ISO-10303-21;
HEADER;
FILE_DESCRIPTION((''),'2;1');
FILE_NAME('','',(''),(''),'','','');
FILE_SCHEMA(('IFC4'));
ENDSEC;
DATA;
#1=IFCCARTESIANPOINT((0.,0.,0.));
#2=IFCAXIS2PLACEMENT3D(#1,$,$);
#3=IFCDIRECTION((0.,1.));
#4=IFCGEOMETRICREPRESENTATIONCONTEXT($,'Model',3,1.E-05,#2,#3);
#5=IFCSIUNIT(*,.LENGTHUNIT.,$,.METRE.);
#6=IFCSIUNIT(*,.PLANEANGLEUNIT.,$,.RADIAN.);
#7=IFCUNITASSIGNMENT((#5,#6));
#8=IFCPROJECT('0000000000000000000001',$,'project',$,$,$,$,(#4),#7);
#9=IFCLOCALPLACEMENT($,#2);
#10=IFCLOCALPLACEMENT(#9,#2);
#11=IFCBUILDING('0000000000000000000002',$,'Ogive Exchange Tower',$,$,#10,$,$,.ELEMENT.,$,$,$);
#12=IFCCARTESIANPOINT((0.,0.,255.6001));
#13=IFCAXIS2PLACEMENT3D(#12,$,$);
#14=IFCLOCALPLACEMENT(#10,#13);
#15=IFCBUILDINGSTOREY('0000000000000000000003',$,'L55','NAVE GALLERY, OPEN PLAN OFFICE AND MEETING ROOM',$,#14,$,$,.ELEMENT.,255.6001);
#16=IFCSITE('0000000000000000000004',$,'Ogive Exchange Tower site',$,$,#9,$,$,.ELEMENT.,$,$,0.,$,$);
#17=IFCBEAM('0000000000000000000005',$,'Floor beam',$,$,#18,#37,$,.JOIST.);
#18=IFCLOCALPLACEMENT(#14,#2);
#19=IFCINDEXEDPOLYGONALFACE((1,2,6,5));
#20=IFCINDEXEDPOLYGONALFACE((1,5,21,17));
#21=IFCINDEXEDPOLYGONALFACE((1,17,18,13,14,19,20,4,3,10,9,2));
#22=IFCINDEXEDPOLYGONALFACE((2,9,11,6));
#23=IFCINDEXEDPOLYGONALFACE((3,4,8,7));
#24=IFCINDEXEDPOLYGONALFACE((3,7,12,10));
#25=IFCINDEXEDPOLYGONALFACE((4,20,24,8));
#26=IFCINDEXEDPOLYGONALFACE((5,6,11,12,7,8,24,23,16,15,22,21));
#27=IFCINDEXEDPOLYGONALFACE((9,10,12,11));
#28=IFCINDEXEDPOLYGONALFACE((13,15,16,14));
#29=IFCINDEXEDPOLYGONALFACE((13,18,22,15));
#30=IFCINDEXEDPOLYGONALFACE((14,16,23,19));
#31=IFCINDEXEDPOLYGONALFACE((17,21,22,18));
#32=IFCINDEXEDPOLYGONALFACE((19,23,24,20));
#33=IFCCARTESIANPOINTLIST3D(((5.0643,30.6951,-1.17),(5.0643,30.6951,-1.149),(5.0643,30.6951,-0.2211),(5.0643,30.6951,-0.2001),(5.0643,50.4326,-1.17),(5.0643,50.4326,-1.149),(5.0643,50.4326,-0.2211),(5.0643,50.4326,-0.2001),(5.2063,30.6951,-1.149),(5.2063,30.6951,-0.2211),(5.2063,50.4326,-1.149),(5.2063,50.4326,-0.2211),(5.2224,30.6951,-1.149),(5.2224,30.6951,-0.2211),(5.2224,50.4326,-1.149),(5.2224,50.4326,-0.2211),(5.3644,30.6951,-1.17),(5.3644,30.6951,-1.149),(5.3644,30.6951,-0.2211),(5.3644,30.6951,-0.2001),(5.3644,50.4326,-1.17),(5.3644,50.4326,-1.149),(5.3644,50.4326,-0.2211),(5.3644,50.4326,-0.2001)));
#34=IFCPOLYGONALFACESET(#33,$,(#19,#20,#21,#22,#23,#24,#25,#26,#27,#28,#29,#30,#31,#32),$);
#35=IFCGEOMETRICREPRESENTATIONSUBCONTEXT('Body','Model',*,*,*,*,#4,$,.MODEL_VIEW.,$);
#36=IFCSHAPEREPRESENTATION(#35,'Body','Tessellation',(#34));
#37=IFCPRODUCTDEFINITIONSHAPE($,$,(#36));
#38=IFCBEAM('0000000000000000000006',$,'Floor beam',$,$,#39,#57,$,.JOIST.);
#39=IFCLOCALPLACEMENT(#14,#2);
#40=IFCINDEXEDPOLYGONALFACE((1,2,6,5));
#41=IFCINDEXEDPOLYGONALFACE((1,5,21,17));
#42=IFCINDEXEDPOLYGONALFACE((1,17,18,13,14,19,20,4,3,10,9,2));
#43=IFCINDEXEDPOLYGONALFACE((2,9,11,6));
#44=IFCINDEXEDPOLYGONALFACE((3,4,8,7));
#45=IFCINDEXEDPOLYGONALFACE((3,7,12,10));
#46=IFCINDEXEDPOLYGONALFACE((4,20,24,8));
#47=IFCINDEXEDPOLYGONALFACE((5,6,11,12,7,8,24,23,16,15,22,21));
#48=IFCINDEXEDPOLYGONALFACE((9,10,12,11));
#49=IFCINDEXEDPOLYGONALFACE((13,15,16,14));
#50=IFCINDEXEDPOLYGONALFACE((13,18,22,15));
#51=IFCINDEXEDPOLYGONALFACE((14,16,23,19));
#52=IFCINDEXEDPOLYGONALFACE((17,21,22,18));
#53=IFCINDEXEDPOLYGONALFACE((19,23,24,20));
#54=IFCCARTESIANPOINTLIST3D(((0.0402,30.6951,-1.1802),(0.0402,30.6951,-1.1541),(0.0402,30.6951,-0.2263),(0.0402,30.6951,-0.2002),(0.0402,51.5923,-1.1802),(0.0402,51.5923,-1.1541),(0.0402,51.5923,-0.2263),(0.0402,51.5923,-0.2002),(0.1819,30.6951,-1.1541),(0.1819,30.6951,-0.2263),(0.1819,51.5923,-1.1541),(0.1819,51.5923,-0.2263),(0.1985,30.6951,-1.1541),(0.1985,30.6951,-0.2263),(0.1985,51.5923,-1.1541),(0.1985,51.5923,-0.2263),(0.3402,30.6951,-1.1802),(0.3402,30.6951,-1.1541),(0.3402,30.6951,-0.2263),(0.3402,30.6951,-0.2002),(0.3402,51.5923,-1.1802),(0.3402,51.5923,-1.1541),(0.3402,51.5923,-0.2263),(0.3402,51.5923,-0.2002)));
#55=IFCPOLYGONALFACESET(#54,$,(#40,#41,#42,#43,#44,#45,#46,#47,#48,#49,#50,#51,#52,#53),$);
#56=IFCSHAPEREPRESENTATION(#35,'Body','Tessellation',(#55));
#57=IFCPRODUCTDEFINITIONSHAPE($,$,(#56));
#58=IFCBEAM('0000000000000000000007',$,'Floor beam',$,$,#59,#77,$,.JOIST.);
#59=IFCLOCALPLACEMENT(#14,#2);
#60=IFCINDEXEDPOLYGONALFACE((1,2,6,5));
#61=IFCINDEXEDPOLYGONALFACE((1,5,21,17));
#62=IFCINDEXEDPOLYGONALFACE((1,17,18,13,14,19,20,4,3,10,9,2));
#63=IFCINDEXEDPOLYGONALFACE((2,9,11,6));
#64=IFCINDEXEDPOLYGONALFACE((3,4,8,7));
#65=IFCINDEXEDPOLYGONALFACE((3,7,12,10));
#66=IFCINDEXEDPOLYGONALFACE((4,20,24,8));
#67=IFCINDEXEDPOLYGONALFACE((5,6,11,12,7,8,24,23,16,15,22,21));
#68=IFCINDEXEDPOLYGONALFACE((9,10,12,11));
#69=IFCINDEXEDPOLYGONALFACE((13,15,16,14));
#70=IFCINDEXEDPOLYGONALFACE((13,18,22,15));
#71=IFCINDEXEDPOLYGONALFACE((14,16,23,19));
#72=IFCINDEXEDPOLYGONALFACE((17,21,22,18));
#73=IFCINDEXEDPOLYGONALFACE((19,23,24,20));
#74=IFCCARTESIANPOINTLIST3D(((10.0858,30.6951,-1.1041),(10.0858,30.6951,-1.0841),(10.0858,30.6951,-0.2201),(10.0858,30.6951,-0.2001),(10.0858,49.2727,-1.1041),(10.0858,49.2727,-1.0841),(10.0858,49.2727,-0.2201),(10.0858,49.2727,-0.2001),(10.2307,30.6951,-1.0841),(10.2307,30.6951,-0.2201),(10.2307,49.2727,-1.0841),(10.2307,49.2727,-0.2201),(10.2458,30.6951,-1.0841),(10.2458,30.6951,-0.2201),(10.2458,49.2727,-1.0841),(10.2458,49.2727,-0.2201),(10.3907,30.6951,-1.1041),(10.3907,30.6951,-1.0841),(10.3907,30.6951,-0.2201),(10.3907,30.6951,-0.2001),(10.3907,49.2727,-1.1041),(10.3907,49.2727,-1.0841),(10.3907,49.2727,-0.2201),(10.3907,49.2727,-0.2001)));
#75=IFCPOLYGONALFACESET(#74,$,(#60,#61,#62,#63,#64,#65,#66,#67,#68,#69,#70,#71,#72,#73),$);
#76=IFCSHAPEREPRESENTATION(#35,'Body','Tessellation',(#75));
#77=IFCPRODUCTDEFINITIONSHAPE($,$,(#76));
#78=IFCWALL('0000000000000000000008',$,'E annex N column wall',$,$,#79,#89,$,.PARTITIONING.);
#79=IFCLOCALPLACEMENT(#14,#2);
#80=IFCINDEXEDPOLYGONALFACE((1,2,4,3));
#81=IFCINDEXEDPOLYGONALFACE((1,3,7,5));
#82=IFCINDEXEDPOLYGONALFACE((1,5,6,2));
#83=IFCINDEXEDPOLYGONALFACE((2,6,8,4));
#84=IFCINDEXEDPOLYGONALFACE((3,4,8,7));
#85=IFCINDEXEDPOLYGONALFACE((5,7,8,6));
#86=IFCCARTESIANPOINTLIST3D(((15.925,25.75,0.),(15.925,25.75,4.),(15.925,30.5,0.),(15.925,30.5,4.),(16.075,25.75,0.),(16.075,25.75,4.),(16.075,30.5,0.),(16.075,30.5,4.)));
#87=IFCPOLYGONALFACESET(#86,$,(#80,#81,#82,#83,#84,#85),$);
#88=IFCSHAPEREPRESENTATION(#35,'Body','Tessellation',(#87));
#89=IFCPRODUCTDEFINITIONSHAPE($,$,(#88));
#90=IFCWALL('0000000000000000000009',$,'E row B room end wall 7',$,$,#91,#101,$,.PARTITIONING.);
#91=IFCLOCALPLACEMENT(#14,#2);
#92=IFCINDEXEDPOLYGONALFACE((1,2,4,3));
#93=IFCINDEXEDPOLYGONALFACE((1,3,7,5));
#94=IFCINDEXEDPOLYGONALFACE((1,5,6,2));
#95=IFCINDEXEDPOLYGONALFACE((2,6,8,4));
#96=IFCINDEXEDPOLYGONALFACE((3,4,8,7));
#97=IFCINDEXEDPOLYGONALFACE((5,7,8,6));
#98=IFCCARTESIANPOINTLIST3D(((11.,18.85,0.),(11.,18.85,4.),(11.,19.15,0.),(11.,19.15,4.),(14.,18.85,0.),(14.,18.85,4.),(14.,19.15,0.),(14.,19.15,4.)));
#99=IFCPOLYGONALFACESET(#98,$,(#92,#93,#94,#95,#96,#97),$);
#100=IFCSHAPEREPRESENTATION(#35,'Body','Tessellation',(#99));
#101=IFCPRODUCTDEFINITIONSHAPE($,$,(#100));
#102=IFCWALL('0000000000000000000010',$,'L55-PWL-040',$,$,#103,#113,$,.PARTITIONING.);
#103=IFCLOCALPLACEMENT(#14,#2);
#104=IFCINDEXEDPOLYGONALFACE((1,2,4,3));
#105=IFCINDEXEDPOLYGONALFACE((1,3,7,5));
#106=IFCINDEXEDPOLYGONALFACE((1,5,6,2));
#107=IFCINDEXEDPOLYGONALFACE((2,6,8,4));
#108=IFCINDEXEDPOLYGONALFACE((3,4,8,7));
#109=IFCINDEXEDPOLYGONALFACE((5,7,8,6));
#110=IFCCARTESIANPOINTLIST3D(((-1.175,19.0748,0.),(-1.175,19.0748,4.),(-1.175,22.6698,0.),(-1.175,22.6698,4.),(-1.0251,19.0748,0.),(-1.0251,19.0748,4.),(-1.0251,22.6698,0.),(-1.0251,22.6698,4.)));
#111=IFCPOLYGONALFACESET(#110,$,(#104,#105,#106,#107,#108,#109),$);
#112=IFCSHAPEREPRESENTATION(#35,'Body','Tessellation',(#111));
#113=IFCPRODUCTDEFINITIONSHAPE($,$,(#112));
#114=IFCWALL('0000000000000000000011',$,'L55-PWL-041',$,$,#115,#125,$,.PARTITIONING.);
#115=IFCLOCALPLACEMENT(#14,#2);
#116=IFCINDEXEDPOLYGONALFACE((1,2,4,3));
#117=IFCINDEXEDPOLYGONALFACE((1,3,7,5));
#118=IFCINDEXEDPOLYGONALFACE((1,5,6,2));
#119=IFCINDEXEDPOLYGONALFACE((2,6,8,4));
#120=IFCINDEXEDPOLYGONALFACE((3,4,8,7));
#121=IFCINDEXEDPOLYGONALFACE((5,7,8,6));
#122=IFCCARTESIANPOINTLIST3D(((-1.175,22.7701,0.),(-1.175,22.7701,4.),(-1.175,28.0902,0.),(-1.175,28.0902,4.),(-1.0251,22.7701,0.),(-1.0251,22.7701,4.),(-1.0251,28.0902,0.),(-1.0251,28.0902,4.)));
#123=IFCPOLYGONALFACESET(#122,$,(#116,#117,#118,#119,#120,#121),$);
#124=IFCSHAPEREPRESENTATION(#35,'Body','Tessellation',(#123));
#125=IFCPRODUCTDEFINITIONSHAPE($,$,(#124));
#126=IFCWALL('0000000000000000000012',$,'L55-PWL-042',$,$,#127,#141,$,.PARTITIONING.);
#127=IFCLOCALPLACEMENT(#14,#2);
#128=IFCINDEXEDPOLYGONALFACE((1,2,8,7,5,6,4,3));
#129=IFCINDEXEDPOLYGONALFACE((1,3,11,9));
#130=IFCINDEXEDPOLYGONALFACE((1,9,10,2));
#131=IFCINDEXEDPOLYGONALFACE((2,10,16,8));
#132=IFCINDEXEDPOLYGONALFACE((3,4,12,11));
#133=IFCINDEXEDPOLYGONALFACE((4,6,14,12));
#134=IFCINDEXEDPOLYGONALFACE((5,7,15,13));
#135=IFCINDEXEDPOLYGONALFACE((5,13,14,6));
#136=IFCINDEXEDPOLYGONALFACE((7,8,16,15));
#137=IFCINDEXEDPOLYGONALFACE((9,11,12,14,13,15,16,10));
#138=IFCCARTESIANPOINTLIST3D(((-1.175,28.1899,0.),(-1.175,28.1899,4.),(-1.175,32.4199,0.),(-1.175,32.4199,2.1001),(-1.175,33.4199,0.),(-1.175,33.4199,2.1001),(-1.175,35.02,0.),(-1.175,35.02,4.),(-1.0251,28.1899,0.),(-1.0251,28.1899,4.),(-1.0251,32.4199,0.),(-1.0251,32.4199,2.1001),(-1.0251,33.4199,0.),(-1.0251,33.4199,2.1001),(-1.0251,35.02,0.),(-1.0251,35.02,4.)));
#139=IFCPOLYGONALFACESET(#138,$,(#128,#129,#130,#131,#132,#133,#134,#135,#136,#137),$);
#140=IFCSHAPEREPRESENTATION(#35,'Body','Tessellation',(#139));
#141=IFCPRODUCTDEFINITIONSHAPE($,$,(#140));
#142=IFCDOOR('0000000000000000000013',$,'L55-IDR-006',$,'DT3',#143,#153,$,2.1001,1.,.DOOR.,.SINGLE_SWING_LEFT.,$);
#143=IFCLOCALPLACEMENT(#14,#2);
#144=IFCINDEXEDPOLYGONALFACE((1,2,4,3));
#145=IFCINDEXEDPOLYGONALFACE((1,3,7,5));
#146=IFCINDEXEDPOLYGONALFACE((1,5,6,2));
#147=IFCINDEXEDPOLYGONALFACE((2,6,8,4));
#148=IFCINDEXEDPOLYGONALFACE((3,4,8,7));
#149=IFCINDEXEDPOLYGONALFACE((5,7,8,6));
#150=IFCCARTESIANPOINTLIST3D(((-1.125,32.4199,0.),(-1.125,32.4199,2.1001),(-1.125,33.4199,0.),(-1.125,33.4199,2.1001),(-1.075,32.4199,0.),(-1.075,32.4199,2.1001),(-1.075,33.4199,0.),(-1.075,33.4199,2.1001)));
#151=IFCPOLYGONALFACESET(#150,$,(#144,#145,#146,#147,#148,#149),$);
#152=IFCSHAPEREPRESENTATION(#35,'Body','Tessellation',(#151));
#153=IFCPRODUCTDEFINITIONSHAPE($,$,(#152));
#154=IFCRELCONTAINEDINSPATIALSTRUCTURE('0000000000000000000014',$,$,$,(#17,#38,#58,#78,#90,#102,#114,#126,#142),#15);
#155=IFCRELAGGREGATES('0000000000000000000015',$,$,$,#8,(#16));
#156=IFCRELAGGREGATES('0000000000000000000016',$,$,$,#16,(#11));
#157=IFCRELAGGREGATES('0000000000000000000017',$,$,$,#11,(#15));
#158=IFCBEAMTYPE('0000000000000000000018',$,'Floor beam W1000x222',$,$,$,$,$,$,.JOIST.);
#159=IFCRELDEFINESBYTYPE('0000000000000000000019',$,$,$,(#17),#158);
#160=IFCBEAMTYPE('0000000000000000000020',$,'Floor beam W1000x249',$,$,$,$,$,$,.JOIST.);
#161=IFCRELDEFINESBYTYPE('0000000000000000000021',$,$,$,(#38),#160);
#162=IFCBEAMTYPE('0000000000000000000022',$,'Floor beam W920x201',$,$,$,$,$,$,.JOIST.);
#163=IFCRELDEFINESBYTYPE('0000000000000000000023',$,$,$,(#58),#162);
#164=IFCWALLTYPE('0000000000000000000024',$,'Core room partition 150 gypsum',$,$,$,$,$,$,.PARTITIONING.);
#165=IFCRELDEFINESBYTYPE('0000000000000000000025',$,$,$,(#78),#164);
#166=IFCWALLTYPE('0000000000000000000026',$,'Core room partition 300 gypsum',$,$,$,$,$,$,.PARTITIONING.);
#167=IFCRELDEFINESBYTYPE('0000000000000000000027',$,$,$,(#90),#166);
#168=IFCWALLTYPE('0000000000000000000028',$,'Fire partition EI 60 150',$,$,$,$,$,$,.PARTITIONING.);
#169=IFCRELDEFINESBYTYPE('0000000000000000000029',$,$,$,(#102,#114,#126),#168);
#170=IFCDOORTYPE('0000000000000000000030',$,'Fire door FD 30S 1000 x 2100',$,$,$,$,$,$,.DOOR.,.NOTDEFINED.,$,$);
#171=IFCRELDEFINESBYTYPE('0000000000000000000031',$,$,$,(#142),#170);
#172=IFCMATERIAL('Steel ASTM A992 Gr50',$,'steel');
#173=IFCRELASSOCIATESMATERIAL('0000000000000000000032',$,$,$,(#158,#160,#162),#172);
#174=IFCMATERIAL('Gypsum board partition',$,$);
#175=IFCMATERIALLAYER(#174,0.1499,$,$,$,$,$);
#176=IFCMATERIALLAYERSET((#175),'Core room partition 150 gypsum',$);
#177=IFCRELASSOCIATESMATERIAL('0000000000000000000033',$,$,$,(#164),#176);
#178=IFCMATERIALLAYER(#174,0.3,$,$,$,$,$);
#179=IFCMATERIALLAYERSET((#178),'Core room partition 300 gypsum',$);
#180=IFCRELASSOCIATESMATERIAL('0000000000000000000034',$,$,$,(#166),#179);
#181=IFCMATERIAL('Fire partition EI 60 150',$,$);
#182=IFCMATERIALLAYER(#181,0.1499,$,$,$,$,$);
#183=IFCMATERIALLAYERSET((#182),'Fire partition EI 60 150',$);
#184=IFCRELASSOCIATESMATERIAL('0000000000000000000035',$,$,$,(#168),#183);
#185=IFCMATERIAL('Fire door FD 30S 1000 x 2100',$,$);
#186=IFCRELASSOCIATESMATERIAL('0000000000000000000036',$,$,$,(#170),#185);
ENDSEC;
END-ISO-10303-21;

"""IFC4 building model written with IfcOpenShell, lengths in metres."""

from ifc_helpers import new_model, si_unit, direction, frame, frame_2d, origin, origin_2d, place, context, subcontext, project, spatial, rectangle, i_section, extrude, material, layer, layer_set, material_profile, profile_set, type_object, element, fill, save


model = new_model("IFC4")

# Units and contexts
model_context = context("Model", 3, precision=1e-05, world=origin(), true_north=direction((0.0, 1.0)))
body_context = subcontext(model_context, "Body", "Model", "MODEL_VIEW")
ifc_project = project(units=[si_unit("LENGTHUNIT", "METRE"), si_unit("PLANEANGLEUNIT", "RADIAN")], contexts=[model_context])

# Site, building, storey
site_placement = place(None, origin())
site = spatial("IfcSite", under=ifc_project, at=site_placement, Name="Ogive Exchange Tower site", CompositionType="ELEMENT", RefElevation=0.0)
building_placement = place(site_placement, origin())
building = spatial("IfcBuilding", under=site, at=building_placement, Name="Ogive Exchange Tower", CompositionType="ELEMENT")
storey_placement = place(building_placement, frame((0.0, 0.0, 255.6001)))
storey = spatial("IfcBuildingStorey", under=building, at=storey_placement, Name="L55", Description="NAVE GALLERY, OPEN PLAN OFFICE AND MEETING ROOM", CompositionType="ELEMENT", Elevation=255.6001)

# Beams
ifc_material_1 = material(Name="Steel ASTM A992 Gr50", Category="steel")
ifc_material_profile_1 = material_profile(ifc_material_1, i_section(OverallWidth=0.3, OverallDepth=0.97, WebThickness=0.0161, FlangeThickness=0.021, at=origin_2d()), Name="W1000x222")
ifc_profile_set_1 = profile_set([ifc_material_profile_1], Name="Steel ASTM A992 Gr50")
beam_type_1 = type_object("IfcBeamType", Name="Floor beam W1000x222", PredefinedType="JOIST", material=ifc_profile_set_1)
beam_1_placement = place(storey_placement, frame((5.2144, 30.6951, -0.6851), z_axis=(0.0, 1.0, 0.0), x_axis=(-1.0, 0.0, 0.0)))
element("IfcBeam", 1, at=beam_1_placement, inside=storey, type_object=beam_type_1, Name="Floor beam", PredefinedType="JOIST", context=body_context, shape_type="SweptSolid", body=[
    extrude(i_section(OverallWidth=0.3, OverallDepth=0.97, WebThickness=0.0161, FlangeThickness=0.021, at=origin_2d()), origin(), (0.0, 0.0, 1.0), 19.7375),
])
ifc_material_profile_2 = material_profile(ifc_material_1, i_section(OverallWidth=0.3, OverallDepth=0.98, WebThickness=0.0166, FlangeThickness=0.0261, at=origin_2d()), Name="W1000x249")
ifc_profile_set_2 = profile_set([ifc_material_profile_2], Name="Steel ASTM A992 Gr50")
beam_type_2 = type_object("IfcBeamType", Name="Floor beam W1000x249", PredefinedType="JOIST", material=ifc_profile_set_2)
beam_2_placement = place(storey_placement, frame((0.1902, 30.6951, -0.6902), z_axis=(0.0, 1.0, 0.0), x_axis=(-1.0, 0.0, 0.0)))
element("IfcBeam", 2, at=beam_2_placement, inside=storey, type_object=beam_type_2, Name="Floor beam", PredefinedType="JOIST", context=body_context, shape_type="SweptSolid", body=[
    extrude(i_section(OverallWidth=0.3, OverallDepth=0.98, WebThickness=0.0166, FlangeThickness=0.0261, at=origin_2d()), origin(), (0.0, 0.0, 1.0), 20.8972),
])
ifc_material_profile_3 = material_profile(ifc_material_1, i_section(OverallWidth=0.3049, OverallDepth=0.9041, WebThickness=0.0151, FlangeThickness=0.02, at=origin_2d()), Name="W920x201")
ifc_profile_set_3 = profile_set([ifc_material_profile_3], Name="Steel ASTM A992 Gr50")
beam_type_3 = type_object("IfcBeamType", Name="Floor beam W920x201", PredefinedType="JOIST", material=ifc_profile_set_3)
beam_3_placement = place(storey_placement, frame((10.2383, 30.6951, -0.6521), z_axis=(0.0, 1.0, 0.0), x_axis=(-1.0, 0.0, 0.0)))
element("IfcBeam", 3, at=beam_3_placement, inside=storey, type_object=beam_type_3, Name="Floor beam", PredefinedType="JOIST", context=body_context, shape_type="SweptSolid", body=[
    extrude(i_section(OverallWidth=0.3049, OverallDepth=0.9041, WebThickness=0.0151, FlangeThickness=0.02, at=origin_2d()), origin(), (0.0, 0.0, 1.0), 18.5776),
])

# Walls
ifc_material_2 = material(Name="Gypsum board partition")
ifc_layer_1 = layer(ifc_material_2, 0.1499)
ifc_layer_set_1 = layer_set([ifc_layer_1], Name="Core room partition 150 gypsum")
wall_type_1 = type_object("IfcWallType", Name="Core room partition 150 gypsum", PredefinedType="PARTITIONING", material=ifc_layer_set_1)
wall_1_placement = place(storey_placement, frame((16.0, 25.75, 0.0), z_axis=(0.0, 0.0, 1.0), x_axis=(0.0, 1.0, 0.0)))
element("IfcWall", 4, at=wall_1_placement, inside=storey, type_object=wall_type_1, Name="E annex N column wall", PredefinedType="PARTITIONING", context=body_context, shape_type="SweptSolid", body=[
    extrude(rectangle(XDim=4.75, YDim=0.1499, at=frame_2d((2.375, 0.0))), origin(), (0.0, 0.0, 1.0), 4.0),
])
ifc_layer_2 = layer(ifc_material_2, 0.3)
ifc_layer_set_2 = layer_set([ifc_layer_2], Name="Core room partition 300 gypsum")
wall_type_2 = type_object("IfcWallType", Name="Core room partition 300 gypsum", PredefinedType="PARTITIONING", material=ifc_layer_set_2)
wall_2_placement = place(storey_placement, frame((11.0, 19.0, 0.0), z_axis=(0.0, 0.0, 1.0), x_axis=(1.0, 0.0, 0.0)))
element("IfcWall", 5, at=wall_2_placement, inside=storey, type_object=wall_type_2, Name="E row B room end wall 7", PredefinedType="PARTITIONING", context=body_context, shape_type="SweptSolid", body=[
    extrude(rectangle(XDim=3.0, YDim=0.3, at=frame_2d((1.5, 0.0))), origin(), (0.0, 0.0, 1.0), 4.0),
])
ifc_material_3 = material(Name="Fire partition EI 60 150")
ifc_layer_3 = layer(ifc_material_3, 0.1499)
ifc_layer_set_3 = layer_set([ifc_layer_3], Name="Fire partition EI 60 150")
wall_type_3 = type_object("IfcWallType", Name="Fire partition EI 60 150", PredefinedType="PARTITIONING", material=ifc_layer_set_3)
wall_3_placement = place(storey_placement, frame((-1.1001, 19.075, 0.0), z_axis=(0.0, 0.0, 1.0), x_axis=(0.0, 1.0, 0.0)))
element("IfcWall", 6, at=wall_3_placement, inside=storey, type_object=wall_type_3, Name="L55-PWL-040", PredefinedType="PARTITIONING", context=body_context, shape_type="SweptSolid", body=[
    extrude(rectangle(XDim=3.595, YDim=0.1499, at=frame_2d((1.7974, 0.0))), origin(), (0.0, 0.0, 1.0), 4.0),
])
wall_4_placement = place(storey_placement, frame((-1.1001, 22.77, 0.0), z_axis=(0.0, 0.0, 1.0), x_axis=(0.0, 1.0, 0.0)))
element("IfcWall", 7, at=wall_4_placement, inside=storey, type_object=wall_type_3, Name="L55-PWL-041", PredefinedType="PARTITIONING", context=body_context, shape_type="SweptSolid", body=[
    extrude(rectangle(XDim=5.3201, YDim=0.1499, at=frame_2d((2.6602, 0.0))), origin(), (0.0, 0.0, 1.0), 4.0),
])

# Wall, opening, door
wall_5_placement = place(storey_placement, frame((-1.1001, 28.1899, 0.0), z_axis=(0.0, 0.0, 1.0), x_axis=(0.0, 1.0, 0.0)))
wall_5 = element("IfcWall", 8, at=wall_5_placement, inside=storey, type_object=wall_type_3, Name="L55-PWL-042", PredefinedType="PARTITIONING", context=body_context, shape_type="SweptSolid", body=[
    extrude(rectangle(XDim=6.8301, YDim=0.1499, at=frame_2d((3.415, 0.0))), origin(), (0.0, 0.0, 1.0), 4.0),
])
opening_1_placement = place(wall_5_placement, frame((4.23, 0.0, 0.0)))
opening_1 = element("IfcOpeningElement", 9, at=opening_1_placement, cuts=wall_5, PredefinedType="OPENING", context=body_context, shape_type="SweptSolid", body=[
    extrude(rectangle(XDim=1.0, YDim=2.1001, at=frame_2d((0.5, 1.05))), frame((0.0, 0.085, 0.0), z_axis=(0.0, -1.0, 0.0), x_axis=(1.0, 0.0, 0.0)), (0.0, 0.0, 1.0), 0.1699),
])
ifc_material_4 = material(Name="Fire door FD 30S 1000 x 2100")
door_type_1 = type_object("IfcDoorType", Name="Fire door FD 30S 1000 x 2100", OperationType="NOTDEFINED", PredefinedType="DOOR", material=ifc_material_4)
door_1_placement = place(opening_1_placement, origin())
door_1 = element("IfcDoor", 10, at=door_1_placement, inside=storey, type_object=door_type_1, Name="L55-IDR-006", ObjectType="DT3", OperationType="SINGLE_SWING_LEFT", OverallHeight=2.1001, OverallWidth=1.0, PredefinedType="DOOR", context=body_context, shape_type="SweptSolid", body=[
    extrude(rectangle(XDim=1.0, YDim=2.1001, at=frame_2d((0.5, 1.05))), frame((0.0, 0.0249, 0.0), z_axis=(0.0, -1.0, 0.0), x_axis=(1.0, 0.0, 0.0)), (0.0, 0.0, 1.0), 0.05),
])
fill(opening_1, door_1)

save(model, "model.ifc")
